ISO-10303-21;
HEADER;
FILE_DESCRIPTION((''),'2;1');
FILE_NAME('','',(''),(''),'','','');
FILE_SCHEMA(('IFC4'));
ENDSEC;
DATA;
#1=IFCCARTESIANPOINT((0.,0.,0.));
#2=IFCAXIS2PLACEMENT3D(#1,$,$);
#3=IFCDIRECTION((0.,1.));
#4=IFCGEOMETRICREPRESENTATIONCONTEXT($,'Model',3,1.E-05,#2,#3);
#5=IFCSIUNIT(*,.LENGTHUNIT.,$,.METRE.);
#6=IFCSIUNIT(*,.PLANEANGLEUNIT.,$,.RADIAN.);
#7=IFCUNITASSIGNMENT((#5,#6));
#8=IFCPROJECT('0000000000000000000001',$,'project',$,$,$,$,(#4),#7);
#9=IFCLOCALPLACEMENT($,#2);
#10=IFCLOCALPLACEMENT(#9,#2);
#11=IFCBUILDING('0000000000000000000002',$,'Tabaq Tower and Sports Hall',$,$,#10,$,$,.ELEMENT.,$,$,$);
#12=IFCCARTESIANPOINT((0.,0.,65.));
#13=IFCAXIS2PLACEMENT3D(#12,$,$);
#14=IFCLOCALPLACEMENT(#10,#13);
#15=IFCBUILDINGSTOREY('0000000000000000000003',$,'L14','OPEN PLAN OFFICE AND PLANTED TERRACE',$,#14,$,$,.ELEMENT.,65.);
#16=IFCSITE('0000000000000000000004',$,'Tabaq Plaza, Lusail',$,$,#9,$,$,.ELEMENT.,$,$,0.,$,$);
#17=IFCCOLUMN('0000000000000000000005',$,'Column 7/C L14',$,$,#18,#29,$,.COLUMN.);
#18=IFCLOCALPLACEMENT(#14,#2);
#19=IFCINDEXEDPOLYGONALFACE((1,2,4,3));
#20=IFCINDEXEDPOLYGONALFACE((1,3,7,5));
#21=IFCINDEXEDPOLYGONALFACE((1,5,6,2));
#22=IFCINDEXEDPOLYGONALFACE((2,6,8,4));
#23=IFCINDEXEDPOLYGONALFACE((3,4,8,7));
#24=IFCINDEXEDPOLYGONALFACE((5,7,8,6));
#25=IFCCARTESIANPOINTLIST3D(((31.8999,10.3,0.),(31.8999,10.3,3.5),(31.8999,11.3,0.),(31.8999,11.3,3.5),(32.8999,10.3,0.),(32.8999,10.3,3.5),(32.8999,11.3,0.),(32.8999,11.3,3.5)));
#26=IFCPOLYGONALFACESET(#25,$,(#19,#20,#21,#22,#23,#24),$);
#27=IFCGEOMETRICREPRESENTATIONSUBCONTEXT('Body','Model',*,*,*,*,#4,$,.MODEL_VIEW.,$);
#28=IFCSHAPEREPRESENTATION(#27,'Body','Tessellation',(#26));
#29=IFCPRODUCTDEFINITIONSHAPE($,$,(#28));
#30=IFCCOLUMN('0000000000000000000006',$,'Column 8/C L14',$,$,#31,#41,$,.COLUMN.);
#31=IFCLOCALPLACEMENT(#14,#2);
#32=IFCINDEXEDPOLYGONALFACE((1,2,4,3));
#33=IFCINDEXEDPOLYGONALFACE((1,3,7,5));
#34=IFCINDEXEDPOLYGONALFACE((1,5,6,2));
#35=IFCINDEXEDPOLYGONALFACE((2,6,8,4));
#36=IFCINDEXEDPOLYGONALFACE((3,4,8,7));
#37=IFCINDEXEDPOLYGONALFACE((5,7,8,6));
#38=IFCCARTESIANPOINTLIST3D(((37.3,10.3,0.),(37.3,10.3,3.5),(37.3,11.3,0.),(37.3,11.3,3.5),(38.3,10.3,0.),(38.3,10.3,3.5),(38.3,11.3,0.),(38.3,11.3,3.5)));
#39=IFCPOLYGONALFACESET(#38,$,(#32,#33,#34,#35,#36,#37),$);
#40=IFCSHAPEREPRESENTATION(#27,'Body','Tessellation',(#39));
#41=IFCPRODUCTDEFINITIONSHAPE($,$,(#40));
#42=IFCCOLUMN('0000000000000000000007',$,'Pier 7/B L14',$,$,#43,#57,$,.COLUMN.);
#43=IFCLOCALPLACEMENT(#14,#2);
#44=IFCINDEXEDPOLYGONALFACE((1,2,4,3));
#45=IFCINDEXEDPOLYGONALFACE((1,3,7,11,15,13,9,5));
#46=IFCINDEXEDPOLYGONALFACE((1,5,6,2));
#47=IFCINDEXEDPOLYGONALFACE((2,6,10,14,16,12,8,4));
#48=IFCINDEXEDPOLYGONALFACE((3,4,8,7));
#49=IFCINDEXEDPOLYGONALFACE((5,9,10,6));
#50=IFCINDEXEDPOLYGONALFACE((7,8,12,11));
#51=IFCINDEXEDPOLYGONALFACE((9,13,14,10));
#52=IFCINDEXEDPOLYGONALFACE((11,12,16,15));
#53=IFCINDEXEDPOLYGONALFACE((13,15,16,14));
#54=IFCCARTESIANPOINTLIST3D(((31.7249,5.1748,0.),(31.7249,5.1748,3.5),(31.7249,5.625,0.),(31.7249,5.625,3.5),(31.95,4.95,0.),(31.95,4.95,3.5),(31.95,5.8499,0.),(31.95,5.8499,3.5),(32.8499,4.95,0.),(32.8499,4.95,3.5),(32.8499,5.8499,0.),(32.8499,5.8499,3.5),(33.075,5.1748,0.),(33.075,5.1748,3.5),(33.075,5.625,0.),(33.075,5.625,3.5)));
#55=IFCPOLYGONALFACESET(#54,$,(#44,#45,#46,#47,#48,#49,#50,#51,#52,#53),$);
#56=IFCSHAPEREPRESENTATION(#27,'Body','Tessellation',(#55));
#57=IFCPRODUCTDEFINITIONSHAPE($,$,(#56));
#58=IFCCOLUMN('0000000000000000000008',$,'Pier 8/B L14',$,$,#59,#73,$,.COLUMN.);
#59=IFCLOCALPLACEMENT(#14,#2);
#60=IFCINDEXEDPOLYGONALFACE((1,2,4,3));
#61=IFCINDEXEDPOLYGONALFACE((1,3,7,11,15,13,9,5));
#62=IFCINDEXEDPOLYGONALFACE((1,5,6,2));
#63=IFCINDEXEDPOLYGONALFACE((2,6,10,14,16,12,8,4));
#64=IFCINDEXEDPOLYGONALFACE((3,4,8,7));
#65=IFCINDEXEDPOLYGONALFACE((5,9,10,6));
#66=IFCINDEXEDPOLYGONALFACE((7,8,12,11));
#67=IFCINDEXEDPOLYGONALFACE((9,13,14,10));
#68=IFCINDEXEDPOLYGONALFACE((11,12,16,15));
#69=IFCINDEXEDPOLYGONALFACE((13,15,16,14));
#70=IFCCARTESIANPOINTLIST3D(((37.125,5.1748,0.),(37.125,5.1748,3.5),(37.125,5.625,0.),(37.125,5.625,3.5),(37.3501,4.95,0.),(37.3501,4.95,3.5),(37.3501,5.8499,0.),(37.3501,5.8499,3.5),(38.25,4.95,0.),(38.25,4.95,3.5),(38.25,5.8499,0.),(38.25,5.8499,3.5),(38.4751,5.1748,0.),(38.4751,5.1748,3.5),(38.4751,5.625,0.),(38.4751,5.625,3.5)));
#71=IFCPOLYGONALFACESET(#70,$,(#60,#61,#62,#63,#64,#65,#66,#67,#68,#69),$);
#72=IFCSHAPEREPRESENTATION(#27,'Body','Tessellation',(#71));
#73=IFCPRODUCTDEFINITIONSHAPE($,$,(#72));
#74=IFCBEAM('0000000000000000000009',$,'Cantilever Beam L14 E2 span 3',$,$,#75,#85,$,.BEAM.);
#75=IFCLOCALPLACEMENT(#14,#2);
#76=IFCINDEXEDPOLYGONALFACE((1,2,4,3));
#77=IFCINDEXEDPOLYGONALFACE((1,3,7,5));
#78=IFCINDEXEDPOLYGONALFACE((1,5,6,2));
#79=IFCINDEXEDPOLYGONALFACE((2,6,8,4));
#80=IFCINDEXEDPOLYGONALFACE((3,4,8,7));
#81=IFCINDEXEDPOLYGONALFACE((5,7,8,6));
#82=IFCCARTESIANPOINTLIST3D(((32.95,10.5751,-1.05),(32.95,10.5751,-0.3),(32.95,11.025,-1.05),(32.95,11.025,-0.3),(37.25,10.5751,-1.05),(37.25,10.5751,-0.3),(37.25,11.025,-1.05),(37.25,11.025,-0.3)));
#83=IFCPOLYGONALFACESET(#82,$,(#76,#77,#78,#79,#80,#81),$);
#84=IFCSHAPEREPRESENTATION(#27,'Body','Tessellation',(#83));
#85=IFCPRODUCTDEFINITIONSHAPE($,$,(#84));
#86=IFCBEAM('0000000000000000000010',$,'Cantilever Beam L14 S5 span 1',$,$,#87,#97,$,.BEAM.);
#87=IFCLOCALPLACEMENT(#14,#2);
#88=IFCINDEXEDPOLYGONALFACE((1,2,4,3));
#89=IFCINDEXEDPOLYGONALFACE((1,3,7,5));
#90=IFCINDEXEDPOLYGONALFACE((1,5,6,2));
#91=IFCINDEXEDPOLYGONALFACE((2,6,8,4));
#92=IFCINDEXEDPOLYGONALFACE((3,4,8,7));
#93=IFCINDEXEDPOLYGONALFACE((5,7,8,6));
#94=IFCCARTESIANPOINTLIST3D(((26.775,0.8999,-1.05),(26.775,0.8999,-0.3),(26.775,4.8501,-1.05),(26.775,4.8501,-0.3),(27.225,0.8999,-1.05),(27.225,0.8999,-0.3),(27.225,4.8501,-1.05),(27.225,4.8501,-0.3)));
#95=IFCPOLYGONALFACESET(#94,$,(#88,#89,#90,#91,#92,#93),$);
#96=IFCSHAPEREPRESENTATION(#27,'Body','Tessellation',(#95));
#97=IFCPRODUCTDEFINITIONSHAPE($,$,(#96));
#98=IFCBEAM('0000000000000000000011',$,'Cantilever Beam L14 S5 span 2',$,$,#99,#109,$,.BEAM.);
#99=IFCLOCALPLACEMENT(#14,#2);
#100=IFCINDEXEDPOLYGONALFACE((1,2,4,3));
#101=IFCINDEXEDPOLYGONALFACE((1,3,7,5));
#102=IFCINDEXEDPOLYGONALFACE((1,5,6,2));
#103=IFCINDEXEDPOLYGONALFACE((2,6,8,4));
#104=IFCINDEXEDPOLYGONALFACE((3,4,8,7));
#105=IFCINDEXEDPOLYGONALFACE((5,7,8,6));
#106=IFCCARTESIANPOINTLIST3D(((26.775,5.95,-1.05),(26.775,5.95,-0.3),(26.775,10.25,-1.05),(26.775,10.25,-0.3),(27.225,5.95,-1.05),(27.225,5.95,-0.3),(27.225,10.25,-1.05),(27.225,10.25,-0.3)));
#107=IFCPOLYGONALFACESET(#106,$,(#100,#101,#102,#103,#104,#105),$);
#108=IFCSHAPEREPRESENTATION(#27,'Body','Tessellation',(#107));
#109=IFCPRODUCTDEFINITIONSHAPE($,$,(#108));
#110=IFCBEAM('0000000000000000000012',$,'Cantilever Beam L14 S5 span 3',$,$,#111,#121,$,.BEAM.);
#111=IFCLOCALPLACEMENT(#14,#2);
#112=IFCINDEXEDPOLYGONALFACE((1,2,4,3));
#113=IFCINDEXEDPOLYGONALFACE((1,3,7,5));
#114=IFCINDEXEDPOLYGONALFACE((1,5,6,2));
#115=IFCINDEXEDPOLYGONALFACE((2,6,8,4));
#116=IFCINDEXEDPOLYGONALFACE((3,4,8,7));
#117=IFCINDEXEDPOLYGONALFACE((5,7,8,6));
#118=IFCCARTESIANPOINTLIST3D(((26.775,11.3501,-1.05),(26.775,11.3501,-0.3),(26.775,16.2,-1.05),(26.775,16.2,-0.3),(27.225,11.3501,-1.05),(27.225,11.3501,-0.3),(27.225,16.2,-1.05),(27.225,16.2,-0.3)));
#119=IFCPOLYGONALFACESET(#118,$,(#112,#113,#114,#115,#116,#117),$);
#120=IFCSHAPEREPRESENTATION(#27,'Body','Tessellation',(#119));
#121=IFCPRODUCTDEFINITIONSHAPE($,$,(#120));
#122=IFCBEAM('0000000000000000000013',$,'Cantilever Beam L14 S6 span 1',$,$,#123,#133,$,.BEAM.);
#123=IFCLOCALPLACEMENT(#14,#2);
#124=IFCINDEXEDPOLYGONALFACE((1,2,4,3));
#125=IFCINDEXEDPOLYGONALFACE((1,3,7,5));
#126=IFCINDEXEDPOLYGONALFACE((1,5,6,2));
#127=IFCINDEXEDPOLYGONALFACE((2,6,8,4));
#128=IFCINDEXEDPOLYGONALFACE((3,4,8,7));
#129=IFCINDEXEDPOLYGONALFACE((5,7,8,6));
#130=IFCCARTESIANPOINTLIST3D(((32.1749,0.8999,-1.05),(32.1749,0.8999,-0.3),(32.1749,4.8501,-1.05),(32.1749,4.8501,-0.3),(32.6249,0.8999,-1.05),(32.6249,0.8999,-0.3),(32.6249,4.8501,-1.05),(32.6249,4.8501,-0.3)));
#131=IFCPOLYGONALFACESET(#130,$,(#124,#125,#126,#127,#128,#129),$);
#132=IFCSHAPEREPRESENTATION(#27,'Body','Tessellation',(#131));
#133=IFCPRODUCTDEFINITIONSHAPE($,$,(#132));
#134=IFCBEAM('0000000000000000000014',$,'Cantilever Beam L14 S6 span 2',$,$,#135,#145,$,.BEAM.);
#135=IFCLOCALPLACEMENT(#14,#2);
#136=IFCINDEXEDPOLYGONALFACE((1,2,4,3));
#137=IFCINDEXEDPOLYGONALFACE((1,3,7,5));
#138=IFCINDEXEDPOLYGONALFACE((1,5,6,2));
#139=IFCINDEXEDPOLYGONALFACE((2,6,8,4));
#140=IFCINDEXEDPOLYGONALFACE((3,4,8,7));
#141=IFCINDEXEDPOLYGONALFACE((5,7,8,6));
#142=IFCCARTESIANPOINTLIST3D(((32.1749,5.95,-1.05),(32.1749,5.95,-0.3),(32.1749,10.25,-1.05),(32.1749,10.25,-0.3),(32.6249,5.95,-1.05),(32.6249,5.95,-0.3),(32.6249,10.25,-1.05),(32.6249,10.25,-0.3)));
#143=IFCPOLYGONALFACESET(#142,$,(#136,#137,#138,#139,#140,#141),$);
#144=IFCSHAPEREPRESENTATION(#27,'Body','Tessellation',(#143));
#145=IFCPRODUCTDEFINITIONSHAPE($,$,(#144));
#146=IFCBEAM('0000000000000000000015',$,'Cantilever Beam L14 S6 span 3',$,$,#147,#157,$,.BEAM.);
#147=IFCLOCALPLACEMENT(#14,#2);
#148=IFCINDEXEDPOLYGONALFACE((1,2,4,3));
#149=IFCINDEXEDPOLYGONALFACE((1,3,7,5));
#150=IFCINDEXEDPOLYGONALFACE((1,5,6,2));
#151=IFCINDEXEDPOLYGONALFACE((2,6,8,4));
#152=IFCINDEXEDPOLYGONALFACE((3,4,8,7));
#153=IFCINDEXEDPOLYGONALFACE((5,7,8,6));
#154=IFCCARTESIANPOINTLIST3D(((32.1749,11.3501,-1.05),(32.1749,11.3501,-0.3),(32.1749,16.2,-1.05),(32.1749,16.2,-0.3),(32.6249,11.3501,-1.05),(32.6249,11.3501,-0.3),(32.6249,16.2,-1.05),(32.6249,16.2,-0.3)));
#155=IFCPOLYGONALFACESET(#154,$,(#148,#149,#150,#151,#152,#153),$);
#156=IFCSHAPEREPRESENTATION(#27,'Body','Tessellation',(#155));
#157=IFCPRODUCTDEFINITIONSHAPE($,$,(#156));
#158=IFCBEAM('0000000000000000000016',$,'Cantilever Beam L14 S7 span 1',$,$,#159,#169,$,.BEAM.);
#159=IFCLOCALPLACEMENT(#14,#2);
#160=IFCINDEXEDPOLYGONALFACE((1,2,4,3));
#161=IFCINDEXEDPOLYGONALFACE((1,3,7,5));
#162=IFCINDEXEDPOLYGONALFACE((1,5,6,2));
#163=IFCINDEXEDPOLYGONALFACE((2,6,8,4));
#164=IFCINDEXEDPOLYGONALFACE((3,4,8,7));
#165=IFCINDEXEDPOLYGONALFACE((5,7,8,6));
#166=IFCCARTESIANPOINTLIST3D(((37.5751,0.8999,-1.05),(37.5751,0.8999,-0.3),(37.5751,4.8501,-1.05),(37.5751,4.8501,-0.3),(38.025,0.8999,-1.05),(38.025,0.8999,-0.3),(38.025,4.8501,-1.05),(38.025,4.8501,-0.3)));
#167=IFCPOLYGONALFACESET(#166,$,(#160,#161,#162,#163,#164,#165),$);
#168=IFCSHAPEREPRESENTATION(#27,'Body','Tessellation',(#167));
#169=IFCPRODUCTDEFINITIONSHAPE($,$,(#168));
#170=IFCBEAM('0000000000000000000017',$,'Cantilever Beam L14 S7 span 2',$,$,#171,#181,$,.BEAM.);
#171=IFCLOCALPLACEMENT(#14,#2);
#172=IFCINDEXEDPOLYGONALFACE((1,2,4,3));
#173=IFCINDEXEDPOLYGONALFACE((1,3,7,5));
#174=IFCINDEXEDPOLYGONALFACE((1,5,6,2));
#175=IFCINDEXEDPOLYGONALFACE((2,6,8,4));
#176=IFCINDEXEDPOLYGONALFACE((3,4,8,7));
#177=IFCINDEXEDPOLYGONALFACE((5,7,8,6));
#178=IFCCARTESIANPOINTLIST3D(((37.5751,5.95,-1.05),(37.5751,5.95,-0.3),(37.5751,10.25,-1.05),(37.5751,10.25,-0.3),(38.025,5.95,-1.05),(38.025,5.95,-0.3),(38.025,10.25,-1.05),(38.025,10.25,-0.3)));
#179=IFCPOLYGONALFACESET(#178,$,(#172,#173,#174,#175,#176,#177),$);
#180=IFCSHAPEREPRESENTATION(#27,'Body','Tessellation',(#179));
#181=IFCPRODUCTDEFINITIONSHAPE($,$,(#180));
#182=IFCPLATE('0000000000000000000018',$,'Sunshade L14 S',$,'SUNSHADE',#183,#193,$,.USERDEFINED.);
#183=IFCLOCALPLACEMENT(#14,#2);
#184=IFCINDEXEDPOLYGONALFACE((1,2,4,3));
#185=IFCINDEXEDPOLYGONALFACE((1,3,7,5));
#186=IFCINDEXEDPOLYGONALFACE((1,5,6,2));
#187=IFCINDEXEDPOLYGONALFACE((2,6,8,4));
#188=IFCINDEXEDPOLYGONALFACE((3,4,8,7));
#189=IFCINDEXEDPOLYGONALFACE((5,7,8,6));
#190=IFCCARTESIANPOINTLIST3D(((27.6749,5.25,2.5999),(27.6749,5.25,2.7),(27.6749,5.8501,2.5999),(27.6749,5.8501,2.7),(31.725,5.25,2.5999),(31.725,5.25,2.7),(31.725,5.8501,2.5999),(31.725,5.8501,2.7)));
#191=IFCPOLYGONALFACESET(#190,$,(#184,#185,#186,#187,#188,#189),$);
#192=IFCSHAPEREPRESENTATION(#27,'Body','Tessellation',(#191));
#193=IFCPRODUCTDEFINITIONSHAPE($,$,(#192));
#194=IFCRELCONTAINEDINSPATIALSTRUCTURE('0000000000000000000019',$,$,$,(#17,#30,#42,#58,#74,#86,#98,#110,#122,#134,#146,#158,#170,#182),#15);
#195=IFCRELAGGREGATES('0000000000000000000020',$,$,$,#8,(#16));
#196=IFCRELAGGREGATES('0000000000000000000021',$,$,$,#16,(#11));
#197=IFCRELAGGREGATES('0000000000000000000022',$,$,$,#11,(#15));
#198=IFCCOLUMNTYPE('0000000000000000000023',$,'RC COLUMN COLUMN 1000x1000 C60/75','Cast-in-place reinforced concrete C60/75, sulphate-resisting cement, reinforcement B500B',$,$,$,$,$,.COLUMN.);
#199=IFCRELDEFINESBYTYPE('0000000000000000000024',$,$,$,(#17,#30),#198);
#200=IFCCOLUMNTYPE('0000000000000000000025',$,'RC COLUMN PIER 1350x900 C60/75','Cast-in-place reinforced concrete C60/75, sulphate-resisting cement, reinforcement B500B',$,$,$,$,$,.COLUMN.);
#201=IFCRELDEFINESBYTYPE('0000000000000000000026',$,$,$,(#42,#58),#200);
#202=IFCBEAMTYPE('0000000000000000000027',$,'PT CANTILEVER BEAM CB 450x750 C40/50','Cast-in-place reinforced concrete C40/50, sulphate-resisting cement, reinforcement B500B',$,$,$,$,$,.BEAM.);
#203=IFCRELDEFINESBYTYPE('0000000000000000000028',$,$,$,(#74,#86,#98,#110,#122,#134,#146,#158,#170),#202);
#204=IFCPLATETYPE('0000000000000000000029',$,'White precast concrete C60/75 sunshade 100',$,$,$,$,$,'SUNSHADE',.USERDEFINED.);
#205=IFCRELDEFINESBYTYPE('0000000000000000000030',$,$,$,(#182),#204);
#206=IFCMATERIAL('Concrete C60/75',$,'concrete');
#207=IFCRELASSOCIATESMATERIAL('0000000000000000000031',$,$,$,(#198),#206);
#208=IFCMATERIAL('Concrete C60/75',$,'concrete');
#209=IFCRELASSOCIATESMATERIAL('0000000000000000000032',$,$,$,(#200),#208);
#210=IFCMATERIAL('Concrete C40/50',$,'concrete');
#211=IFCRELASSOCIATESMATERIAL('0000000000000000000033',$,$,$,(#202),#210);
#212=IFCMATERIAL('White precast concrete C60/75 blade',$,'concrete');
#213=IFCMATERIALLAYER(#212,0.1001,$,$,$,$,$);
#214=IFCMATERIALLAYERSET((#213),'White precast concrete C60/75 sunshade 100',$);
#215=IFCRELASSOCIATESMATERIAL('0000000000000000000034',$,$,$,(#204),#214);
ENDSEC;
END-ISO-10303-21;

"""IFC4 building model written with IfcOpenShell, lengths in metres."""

from ifc_helpers import new_model, si_unit, direction, frame, origin, origin_2d, place, context, subcontext, project, spatial, polyline, rectangle, outline, extrude, material, layer, layer_set, material_profile, profile_set, type_object, element, save


model = new_model("IFC4")

# Units and contexts
model_context = context("Model", 3, precision=1e-05, world=origin(), true_north=direction((0.0, 1.0)))
body_context = subcontext(model_context, "Body", "Model", "MODEL_VIEW")
ifc_project = project(units=[si_unit("LENGTHUNIT", "METRE"), si_unit("PLANEANGLEUNIT", "RADIAN")], contexts=[model_context])

# Site, building, storey
site_placement = place(None, origin())
site = spatial("IfcSite", under=ifc_project, at=site_placement, Name="Tabaq Plaza, Lusail", CompositionType="ELEMENT", RefElevation=0.0)
building_placement = place(site_placement, origin())
building = spatial("IfcBuilding", under=site, at=building_placement, Name="Tabaq Tower and Sports Hall", CompositionType="ELEMENT")
storey_placement = place(building_placement, frame((0.0, 0.0, 65.0)))
storey = spatial("IfcBuildingStorey", under=building, at=storey_placement, Name="L14", Description="OPEN PLAN OFFICE AND PLANTED TERRACE", CompositionType="ELEMENT", Elevation=65.0)

# Columns
ifc_material_1 = material(Name="Concrete C60/75", Category="concrete")
ifc_material_profile_1 = material_profile(ifc_material_1, rectangle(XDim=1.0, YDim=1.0, at=origin_2d()), Name="COLUMN 1000x1000")
ifc_profile_set_1 = profile_set([ifc_material_profile_1], Name="Concrete C60/75")
column_type_1 = type_object("IfcColumnType", Name="RC COLUMN COLUMN 1000x1000 C60/75", Description="Cast-in-place reinforced concrete C60/75, sulphate-resisting cement, reinforcement B500B", PredefinedType="COLUMN", material=ifc_profile_set_1)
for number, where, z_axis, x_axis, name in (
    (1, (32.3999, 10.8, 0.0), (0.0, 0.0, 1.0), (1.0, 0.0, 0.0), "Column 7/C L14"),
    (2, (37.8, 10.8, 0.0), (0.0, 0.0, 1.0), (1.0, 0.0, 0.0), "Column 8/C L14"),
):
    element("IfcColumn", number, at=place(storey_placement, frame(where, z_axis=z_axis, x_axis=x_axis)), inside=storey, type_object=column_type_1, Name=name, PredefinedType="COLUMN", context=body_context, shape_type="SweptSolid", body=[
        extrude(rectangle(XDim=1.0, YDim=1.0, at=origin_2d()), origin(), (0.0, 0.0, 1.0), 3.5),
    ])
ifc_material_2 = material(Name="Concrete C60/75", Category="concrete")
ifc_material_profile_2 = material_profile(ifc_material_2, outline(polyline([(-0.45, -0.45), (0.45, -0.45), (0.675, -0.2251), (0.675, 0.2251), (0.45, 0.45), (-0.45, 0.45), (-0.675, 0.2251), (-0.675, -0.2251), (-0.45, -0.45)])), Name="PIER 1350x900")
ifc_profile_set_2 = profile_set([ifc_material_profile_2], Name="Concrete C60/75")
column_type_2 = type_object("IfcColumnType", Name="RC COLUMN PIER 1350x900 C60/75", Description="Cast-in-place reinforced concrete C60/75, sulphate-resisting cement, reinforcement B500B", PredefinedType="COLUMN", material=ifc_profile_set_2)
for number, where, z_axis, x_axis, name in (
    (3, (32.3999, 5.3999, 0.0), (0.0, 0.0, 1.0), (1.0, 0.0, 0.0), "Pier 7/B L14"),
    (4, (37.8, 5.3999, 0.0), (0.0, 0.0, 1.0), (1.0, 0.0, 0.0), "Pier 8/B L14"),
):
    element("IfcColumn", number, at=place(storey_placement, frame(where, z_axis=z_axis, x_axis=x_axis)), inside=storey, type_object=column_type_2, Name=name, PredefinedType="COLUMN", context=body_context, shape_type="SweptSolid", body=[
        extrude(outline(polyline([(-0.45, -0.45), (0.45, -0.45), (0.675, -0.2251), (0.675, 0.2251), (0.45, 0.45), (-0.45, 0.45), (-0.675, 0.2251), (-0.675, -0.2251), (-0.45, -0.45)])), origin(), (0.0, 0.0, 1.0), 3.5),
    ])

# Beams
ifc_material_3 = material(Name="Concrete C40/50", Category="concrete")
ifc_material_profile_3 = material_profile(ifc_material_3, rectangle(XDim=0.45, YDim=0.75, at=origin_2d()), Name="CB 450x750")
ifc_profile_set_3 = profile_set([ifc_material_profile_3], Name="Concrete C40/50")
beam_type = type_object("IfcBeamType", Name="PT CANTILEVER BEAM CB 450x750 C40/50", Description="Cast-in-place reinforced concrete C40/50, sulphate-resisting cement, reinforcement B500B", PredefinedType="BEAM", material=ifc_profile_set_3)
beam_1_placement = place(storey_placement, frame((37.25, 10.8, -0.675), z_axis=(-1.0, 0.0, 0.0), x_axis=(0.0, -1.0, 0.0)))
element("IfcBeam", 5, at=beam_1_placement, inside=storey, type_object=beam_type, Name="Cantilever Beam L14 E2 span 3", PredefinedType="BEAM", context=body_context, shape_type="SweptSolid", body=[
    extrude(rectangle(XDim=0.45, YDim=0.75, at=origin_2d()), origin(), (0.0, 0.0, 1.0), 4.3),
])
beam_2_placement = place(storey_placement, frame((27.0, 0.8999, -0.675), z_axis=(0.0, 1.0, 0.0), x_axis=(-1.0, 0.0, 0.0)))
element("IfcBeam", 6, at=beam_2_placement, inside=storey, type_object=beam_type, Name="Cantilever Beam L14 S5 span 1", PredefinedType="BEAM", context=body_context, shape_type="SweptSolid", body=[
    extrude(rectangle(XDim=0.45, YDim=0.75, at=origin_2d()), origin(), (0.0, 0.0, 1.0), 3.9502),
])
beam_3_placement = place(storey_placement, frame((27.0, 5.95, -0.675), z_axis=(0.0, 1.0, 0.0), x_axis=(-1.0, 0.0, 0.0)))
element("IfcBeam", 7, at=beam_3_placement, inside=storey, type_object=beam_type, Name="Cantilever Beam L14 S5 span 2", PredefinedType="BEAM", context=body_context, shape_type="SweptSolid", body=[
    extrude(rectangle(XDim=0.45, YDim=0.75, at=origin_2d()), origin(), (0.0, 0.0, 1.0), 4.3),
])
beam_4_placement = place(storey_placement, frame((27.0, 11.3501, -0.675), z_axis=(0.0, 1.0, 0.0), x_axis=(-1.0, 0.0, 0.0)))
element("IfcBeam", 8, at=beam_4_placement, inside=storey, type_object=beam_type, Name="Cantilever Beam L14 S5 span 3", PredefinedType="BEAM", context=body_context, shape_type="SweptSolid", body=[
    extrude(rectangle(XDim=0.45, YDim=0.75, at=origin_2d()), origin(), (0.0, 0.0, 1.0), 4.8499),
])
beam_5_placement = place(storey_placement, frame((32.3999, 0.8999, -0.675), z_axis=(0.0, 1.0, 0.0), x_axis=(-1.0, 0.0, 0.0)))
element("IfcBeam", 9, at=beam_5_placement, inside=storey, type_object=beam_type, Name="Cantilever Beam L14 S6 span 1", PredefinedType="BEAM", context=body_context, shape_type="SweptSolid", body=[
    extrude(rectangle(XDim=0.45, YDim=0.75, at=origin_2d()), origin(), (0.0, 0.0, 1.0), 3.9502),
])
beam_6_placement = place(storey_placement, frame((32.3999, 5.95, -0.675), z_axis=(0.0, 1.0, 0.0), x_axis=(-1.0, 0.0, 0.0)))
element("IfcBeam", 10, at=beam_6_placement, inside=storey, type_object=beam_type, Name="Cantilever Beam L14 S6 span 2", PredefinedType="BEAM", context=body_context, shape_type="SweptSolid", body=[
    extrude(rectangle(XDim=0.45, YDim=0.75, at=origin_2d()), origin(), (0.0, 0.0, 1.0), 4.3),
])
beam_7_placement = place(storey_placement, frame((32.3999, 11.3501, -0.675), z_axis=(0.0, 1.0, 0.0), x_axis=(-1.0, 0.0, 0.0)))
element("IfcBeam", 11, at=beam_7_placement, inside=storey, type_object=beam_type, Name="Cantilever Beam L14 S6 span 3", PredefinedType="BEAM", context=body_context, shape_type="SweptSolid", body=[
    extrude(rectangle(XDim=0.45, YDim=0.75, at=origin_2d()), origin(), (0.0, 0.0, 1.0), 4.8499),
])
beam_8_placement = place(storey_placement, frame((37.8, 0.8999, -0.675), z_axis=(0.0, 1.0, 0.0), x_axis=(-1.0, 0.0, 0.0)))
element("IfcBeam", 12, at=beam_8_placement, inside=storey, type_object=beam_type, Name="Cantilever Beam L14 S7 span 1", PredefinedType="BEAM", context=body_context, shape_type="SweptSolid", body=[
    extrude(rectangle(XDim=0.45, YDim=0.75, at=origin_2d()), origin(), (0.0, 0.0, 1.0), 3.9502),
])
beam_9_placement = place(storey_placement, frame((37.8, 5.95, -0.675), z_axis=(0.0, 1.0, 0.0), x_axis=(-1.0, 0.0, 0.0)))
element("IfcBeam", 13, at=beam_9_placement, inside=storey, type_object=beam_type, Name="Cantilever Beam L14 S7 span 2", PredefinedType="BEAM", context=body_context, shape_type="SweptSolid", body=[
    extrude(rectangle(XDim=0.45, YDim=0.75, at=origin_2d()), origin(), (0.0, 0.0, 1.0), 4.3),
])

# Plate
ifc_material_4 = material(Name="White precast concrete C60/75 blade", Category="concrete")
ifc_layer_1 = layer(ifc_material_4, 0.1001)
ifc_layer_set_1 = layer_set([ifc_layer_1], Name="White precast concrete C60/75 sunshade 100")
plate_type = type_object("IfcPlateType", Name="White precast concrete C60/75 sunshade 100", ElementType="SUNSHADE", PredefinedType="USERDEFINED", material=ifc_layer_set_1)
for number, where, z_axis, x_axis, name in (
    (14, (29.7, 5.55, 2.5999), (0.0, 0.0, 1.0), (1.0, 0.0, 0.0), "Sunshade L14 S"),
):
    element("IfcPlate", number, at=place(storey_placement, frame(where, z_axis=z_axis, x_axis=x_axis)), inside=storey, type_object=plate_type, Name=name, ObjectType="SUNSHADE", PredefinedType="USERDEFINED", context=body_context, shape_type="SweptSolid", body=[
        extrude(rectangle(XDim=4.05, YDim=0.6001, at=origin_2d()), origin(), (0.0, 0.0, 1.0), 0.1001),
    ])

save(model, "model.ifc")
